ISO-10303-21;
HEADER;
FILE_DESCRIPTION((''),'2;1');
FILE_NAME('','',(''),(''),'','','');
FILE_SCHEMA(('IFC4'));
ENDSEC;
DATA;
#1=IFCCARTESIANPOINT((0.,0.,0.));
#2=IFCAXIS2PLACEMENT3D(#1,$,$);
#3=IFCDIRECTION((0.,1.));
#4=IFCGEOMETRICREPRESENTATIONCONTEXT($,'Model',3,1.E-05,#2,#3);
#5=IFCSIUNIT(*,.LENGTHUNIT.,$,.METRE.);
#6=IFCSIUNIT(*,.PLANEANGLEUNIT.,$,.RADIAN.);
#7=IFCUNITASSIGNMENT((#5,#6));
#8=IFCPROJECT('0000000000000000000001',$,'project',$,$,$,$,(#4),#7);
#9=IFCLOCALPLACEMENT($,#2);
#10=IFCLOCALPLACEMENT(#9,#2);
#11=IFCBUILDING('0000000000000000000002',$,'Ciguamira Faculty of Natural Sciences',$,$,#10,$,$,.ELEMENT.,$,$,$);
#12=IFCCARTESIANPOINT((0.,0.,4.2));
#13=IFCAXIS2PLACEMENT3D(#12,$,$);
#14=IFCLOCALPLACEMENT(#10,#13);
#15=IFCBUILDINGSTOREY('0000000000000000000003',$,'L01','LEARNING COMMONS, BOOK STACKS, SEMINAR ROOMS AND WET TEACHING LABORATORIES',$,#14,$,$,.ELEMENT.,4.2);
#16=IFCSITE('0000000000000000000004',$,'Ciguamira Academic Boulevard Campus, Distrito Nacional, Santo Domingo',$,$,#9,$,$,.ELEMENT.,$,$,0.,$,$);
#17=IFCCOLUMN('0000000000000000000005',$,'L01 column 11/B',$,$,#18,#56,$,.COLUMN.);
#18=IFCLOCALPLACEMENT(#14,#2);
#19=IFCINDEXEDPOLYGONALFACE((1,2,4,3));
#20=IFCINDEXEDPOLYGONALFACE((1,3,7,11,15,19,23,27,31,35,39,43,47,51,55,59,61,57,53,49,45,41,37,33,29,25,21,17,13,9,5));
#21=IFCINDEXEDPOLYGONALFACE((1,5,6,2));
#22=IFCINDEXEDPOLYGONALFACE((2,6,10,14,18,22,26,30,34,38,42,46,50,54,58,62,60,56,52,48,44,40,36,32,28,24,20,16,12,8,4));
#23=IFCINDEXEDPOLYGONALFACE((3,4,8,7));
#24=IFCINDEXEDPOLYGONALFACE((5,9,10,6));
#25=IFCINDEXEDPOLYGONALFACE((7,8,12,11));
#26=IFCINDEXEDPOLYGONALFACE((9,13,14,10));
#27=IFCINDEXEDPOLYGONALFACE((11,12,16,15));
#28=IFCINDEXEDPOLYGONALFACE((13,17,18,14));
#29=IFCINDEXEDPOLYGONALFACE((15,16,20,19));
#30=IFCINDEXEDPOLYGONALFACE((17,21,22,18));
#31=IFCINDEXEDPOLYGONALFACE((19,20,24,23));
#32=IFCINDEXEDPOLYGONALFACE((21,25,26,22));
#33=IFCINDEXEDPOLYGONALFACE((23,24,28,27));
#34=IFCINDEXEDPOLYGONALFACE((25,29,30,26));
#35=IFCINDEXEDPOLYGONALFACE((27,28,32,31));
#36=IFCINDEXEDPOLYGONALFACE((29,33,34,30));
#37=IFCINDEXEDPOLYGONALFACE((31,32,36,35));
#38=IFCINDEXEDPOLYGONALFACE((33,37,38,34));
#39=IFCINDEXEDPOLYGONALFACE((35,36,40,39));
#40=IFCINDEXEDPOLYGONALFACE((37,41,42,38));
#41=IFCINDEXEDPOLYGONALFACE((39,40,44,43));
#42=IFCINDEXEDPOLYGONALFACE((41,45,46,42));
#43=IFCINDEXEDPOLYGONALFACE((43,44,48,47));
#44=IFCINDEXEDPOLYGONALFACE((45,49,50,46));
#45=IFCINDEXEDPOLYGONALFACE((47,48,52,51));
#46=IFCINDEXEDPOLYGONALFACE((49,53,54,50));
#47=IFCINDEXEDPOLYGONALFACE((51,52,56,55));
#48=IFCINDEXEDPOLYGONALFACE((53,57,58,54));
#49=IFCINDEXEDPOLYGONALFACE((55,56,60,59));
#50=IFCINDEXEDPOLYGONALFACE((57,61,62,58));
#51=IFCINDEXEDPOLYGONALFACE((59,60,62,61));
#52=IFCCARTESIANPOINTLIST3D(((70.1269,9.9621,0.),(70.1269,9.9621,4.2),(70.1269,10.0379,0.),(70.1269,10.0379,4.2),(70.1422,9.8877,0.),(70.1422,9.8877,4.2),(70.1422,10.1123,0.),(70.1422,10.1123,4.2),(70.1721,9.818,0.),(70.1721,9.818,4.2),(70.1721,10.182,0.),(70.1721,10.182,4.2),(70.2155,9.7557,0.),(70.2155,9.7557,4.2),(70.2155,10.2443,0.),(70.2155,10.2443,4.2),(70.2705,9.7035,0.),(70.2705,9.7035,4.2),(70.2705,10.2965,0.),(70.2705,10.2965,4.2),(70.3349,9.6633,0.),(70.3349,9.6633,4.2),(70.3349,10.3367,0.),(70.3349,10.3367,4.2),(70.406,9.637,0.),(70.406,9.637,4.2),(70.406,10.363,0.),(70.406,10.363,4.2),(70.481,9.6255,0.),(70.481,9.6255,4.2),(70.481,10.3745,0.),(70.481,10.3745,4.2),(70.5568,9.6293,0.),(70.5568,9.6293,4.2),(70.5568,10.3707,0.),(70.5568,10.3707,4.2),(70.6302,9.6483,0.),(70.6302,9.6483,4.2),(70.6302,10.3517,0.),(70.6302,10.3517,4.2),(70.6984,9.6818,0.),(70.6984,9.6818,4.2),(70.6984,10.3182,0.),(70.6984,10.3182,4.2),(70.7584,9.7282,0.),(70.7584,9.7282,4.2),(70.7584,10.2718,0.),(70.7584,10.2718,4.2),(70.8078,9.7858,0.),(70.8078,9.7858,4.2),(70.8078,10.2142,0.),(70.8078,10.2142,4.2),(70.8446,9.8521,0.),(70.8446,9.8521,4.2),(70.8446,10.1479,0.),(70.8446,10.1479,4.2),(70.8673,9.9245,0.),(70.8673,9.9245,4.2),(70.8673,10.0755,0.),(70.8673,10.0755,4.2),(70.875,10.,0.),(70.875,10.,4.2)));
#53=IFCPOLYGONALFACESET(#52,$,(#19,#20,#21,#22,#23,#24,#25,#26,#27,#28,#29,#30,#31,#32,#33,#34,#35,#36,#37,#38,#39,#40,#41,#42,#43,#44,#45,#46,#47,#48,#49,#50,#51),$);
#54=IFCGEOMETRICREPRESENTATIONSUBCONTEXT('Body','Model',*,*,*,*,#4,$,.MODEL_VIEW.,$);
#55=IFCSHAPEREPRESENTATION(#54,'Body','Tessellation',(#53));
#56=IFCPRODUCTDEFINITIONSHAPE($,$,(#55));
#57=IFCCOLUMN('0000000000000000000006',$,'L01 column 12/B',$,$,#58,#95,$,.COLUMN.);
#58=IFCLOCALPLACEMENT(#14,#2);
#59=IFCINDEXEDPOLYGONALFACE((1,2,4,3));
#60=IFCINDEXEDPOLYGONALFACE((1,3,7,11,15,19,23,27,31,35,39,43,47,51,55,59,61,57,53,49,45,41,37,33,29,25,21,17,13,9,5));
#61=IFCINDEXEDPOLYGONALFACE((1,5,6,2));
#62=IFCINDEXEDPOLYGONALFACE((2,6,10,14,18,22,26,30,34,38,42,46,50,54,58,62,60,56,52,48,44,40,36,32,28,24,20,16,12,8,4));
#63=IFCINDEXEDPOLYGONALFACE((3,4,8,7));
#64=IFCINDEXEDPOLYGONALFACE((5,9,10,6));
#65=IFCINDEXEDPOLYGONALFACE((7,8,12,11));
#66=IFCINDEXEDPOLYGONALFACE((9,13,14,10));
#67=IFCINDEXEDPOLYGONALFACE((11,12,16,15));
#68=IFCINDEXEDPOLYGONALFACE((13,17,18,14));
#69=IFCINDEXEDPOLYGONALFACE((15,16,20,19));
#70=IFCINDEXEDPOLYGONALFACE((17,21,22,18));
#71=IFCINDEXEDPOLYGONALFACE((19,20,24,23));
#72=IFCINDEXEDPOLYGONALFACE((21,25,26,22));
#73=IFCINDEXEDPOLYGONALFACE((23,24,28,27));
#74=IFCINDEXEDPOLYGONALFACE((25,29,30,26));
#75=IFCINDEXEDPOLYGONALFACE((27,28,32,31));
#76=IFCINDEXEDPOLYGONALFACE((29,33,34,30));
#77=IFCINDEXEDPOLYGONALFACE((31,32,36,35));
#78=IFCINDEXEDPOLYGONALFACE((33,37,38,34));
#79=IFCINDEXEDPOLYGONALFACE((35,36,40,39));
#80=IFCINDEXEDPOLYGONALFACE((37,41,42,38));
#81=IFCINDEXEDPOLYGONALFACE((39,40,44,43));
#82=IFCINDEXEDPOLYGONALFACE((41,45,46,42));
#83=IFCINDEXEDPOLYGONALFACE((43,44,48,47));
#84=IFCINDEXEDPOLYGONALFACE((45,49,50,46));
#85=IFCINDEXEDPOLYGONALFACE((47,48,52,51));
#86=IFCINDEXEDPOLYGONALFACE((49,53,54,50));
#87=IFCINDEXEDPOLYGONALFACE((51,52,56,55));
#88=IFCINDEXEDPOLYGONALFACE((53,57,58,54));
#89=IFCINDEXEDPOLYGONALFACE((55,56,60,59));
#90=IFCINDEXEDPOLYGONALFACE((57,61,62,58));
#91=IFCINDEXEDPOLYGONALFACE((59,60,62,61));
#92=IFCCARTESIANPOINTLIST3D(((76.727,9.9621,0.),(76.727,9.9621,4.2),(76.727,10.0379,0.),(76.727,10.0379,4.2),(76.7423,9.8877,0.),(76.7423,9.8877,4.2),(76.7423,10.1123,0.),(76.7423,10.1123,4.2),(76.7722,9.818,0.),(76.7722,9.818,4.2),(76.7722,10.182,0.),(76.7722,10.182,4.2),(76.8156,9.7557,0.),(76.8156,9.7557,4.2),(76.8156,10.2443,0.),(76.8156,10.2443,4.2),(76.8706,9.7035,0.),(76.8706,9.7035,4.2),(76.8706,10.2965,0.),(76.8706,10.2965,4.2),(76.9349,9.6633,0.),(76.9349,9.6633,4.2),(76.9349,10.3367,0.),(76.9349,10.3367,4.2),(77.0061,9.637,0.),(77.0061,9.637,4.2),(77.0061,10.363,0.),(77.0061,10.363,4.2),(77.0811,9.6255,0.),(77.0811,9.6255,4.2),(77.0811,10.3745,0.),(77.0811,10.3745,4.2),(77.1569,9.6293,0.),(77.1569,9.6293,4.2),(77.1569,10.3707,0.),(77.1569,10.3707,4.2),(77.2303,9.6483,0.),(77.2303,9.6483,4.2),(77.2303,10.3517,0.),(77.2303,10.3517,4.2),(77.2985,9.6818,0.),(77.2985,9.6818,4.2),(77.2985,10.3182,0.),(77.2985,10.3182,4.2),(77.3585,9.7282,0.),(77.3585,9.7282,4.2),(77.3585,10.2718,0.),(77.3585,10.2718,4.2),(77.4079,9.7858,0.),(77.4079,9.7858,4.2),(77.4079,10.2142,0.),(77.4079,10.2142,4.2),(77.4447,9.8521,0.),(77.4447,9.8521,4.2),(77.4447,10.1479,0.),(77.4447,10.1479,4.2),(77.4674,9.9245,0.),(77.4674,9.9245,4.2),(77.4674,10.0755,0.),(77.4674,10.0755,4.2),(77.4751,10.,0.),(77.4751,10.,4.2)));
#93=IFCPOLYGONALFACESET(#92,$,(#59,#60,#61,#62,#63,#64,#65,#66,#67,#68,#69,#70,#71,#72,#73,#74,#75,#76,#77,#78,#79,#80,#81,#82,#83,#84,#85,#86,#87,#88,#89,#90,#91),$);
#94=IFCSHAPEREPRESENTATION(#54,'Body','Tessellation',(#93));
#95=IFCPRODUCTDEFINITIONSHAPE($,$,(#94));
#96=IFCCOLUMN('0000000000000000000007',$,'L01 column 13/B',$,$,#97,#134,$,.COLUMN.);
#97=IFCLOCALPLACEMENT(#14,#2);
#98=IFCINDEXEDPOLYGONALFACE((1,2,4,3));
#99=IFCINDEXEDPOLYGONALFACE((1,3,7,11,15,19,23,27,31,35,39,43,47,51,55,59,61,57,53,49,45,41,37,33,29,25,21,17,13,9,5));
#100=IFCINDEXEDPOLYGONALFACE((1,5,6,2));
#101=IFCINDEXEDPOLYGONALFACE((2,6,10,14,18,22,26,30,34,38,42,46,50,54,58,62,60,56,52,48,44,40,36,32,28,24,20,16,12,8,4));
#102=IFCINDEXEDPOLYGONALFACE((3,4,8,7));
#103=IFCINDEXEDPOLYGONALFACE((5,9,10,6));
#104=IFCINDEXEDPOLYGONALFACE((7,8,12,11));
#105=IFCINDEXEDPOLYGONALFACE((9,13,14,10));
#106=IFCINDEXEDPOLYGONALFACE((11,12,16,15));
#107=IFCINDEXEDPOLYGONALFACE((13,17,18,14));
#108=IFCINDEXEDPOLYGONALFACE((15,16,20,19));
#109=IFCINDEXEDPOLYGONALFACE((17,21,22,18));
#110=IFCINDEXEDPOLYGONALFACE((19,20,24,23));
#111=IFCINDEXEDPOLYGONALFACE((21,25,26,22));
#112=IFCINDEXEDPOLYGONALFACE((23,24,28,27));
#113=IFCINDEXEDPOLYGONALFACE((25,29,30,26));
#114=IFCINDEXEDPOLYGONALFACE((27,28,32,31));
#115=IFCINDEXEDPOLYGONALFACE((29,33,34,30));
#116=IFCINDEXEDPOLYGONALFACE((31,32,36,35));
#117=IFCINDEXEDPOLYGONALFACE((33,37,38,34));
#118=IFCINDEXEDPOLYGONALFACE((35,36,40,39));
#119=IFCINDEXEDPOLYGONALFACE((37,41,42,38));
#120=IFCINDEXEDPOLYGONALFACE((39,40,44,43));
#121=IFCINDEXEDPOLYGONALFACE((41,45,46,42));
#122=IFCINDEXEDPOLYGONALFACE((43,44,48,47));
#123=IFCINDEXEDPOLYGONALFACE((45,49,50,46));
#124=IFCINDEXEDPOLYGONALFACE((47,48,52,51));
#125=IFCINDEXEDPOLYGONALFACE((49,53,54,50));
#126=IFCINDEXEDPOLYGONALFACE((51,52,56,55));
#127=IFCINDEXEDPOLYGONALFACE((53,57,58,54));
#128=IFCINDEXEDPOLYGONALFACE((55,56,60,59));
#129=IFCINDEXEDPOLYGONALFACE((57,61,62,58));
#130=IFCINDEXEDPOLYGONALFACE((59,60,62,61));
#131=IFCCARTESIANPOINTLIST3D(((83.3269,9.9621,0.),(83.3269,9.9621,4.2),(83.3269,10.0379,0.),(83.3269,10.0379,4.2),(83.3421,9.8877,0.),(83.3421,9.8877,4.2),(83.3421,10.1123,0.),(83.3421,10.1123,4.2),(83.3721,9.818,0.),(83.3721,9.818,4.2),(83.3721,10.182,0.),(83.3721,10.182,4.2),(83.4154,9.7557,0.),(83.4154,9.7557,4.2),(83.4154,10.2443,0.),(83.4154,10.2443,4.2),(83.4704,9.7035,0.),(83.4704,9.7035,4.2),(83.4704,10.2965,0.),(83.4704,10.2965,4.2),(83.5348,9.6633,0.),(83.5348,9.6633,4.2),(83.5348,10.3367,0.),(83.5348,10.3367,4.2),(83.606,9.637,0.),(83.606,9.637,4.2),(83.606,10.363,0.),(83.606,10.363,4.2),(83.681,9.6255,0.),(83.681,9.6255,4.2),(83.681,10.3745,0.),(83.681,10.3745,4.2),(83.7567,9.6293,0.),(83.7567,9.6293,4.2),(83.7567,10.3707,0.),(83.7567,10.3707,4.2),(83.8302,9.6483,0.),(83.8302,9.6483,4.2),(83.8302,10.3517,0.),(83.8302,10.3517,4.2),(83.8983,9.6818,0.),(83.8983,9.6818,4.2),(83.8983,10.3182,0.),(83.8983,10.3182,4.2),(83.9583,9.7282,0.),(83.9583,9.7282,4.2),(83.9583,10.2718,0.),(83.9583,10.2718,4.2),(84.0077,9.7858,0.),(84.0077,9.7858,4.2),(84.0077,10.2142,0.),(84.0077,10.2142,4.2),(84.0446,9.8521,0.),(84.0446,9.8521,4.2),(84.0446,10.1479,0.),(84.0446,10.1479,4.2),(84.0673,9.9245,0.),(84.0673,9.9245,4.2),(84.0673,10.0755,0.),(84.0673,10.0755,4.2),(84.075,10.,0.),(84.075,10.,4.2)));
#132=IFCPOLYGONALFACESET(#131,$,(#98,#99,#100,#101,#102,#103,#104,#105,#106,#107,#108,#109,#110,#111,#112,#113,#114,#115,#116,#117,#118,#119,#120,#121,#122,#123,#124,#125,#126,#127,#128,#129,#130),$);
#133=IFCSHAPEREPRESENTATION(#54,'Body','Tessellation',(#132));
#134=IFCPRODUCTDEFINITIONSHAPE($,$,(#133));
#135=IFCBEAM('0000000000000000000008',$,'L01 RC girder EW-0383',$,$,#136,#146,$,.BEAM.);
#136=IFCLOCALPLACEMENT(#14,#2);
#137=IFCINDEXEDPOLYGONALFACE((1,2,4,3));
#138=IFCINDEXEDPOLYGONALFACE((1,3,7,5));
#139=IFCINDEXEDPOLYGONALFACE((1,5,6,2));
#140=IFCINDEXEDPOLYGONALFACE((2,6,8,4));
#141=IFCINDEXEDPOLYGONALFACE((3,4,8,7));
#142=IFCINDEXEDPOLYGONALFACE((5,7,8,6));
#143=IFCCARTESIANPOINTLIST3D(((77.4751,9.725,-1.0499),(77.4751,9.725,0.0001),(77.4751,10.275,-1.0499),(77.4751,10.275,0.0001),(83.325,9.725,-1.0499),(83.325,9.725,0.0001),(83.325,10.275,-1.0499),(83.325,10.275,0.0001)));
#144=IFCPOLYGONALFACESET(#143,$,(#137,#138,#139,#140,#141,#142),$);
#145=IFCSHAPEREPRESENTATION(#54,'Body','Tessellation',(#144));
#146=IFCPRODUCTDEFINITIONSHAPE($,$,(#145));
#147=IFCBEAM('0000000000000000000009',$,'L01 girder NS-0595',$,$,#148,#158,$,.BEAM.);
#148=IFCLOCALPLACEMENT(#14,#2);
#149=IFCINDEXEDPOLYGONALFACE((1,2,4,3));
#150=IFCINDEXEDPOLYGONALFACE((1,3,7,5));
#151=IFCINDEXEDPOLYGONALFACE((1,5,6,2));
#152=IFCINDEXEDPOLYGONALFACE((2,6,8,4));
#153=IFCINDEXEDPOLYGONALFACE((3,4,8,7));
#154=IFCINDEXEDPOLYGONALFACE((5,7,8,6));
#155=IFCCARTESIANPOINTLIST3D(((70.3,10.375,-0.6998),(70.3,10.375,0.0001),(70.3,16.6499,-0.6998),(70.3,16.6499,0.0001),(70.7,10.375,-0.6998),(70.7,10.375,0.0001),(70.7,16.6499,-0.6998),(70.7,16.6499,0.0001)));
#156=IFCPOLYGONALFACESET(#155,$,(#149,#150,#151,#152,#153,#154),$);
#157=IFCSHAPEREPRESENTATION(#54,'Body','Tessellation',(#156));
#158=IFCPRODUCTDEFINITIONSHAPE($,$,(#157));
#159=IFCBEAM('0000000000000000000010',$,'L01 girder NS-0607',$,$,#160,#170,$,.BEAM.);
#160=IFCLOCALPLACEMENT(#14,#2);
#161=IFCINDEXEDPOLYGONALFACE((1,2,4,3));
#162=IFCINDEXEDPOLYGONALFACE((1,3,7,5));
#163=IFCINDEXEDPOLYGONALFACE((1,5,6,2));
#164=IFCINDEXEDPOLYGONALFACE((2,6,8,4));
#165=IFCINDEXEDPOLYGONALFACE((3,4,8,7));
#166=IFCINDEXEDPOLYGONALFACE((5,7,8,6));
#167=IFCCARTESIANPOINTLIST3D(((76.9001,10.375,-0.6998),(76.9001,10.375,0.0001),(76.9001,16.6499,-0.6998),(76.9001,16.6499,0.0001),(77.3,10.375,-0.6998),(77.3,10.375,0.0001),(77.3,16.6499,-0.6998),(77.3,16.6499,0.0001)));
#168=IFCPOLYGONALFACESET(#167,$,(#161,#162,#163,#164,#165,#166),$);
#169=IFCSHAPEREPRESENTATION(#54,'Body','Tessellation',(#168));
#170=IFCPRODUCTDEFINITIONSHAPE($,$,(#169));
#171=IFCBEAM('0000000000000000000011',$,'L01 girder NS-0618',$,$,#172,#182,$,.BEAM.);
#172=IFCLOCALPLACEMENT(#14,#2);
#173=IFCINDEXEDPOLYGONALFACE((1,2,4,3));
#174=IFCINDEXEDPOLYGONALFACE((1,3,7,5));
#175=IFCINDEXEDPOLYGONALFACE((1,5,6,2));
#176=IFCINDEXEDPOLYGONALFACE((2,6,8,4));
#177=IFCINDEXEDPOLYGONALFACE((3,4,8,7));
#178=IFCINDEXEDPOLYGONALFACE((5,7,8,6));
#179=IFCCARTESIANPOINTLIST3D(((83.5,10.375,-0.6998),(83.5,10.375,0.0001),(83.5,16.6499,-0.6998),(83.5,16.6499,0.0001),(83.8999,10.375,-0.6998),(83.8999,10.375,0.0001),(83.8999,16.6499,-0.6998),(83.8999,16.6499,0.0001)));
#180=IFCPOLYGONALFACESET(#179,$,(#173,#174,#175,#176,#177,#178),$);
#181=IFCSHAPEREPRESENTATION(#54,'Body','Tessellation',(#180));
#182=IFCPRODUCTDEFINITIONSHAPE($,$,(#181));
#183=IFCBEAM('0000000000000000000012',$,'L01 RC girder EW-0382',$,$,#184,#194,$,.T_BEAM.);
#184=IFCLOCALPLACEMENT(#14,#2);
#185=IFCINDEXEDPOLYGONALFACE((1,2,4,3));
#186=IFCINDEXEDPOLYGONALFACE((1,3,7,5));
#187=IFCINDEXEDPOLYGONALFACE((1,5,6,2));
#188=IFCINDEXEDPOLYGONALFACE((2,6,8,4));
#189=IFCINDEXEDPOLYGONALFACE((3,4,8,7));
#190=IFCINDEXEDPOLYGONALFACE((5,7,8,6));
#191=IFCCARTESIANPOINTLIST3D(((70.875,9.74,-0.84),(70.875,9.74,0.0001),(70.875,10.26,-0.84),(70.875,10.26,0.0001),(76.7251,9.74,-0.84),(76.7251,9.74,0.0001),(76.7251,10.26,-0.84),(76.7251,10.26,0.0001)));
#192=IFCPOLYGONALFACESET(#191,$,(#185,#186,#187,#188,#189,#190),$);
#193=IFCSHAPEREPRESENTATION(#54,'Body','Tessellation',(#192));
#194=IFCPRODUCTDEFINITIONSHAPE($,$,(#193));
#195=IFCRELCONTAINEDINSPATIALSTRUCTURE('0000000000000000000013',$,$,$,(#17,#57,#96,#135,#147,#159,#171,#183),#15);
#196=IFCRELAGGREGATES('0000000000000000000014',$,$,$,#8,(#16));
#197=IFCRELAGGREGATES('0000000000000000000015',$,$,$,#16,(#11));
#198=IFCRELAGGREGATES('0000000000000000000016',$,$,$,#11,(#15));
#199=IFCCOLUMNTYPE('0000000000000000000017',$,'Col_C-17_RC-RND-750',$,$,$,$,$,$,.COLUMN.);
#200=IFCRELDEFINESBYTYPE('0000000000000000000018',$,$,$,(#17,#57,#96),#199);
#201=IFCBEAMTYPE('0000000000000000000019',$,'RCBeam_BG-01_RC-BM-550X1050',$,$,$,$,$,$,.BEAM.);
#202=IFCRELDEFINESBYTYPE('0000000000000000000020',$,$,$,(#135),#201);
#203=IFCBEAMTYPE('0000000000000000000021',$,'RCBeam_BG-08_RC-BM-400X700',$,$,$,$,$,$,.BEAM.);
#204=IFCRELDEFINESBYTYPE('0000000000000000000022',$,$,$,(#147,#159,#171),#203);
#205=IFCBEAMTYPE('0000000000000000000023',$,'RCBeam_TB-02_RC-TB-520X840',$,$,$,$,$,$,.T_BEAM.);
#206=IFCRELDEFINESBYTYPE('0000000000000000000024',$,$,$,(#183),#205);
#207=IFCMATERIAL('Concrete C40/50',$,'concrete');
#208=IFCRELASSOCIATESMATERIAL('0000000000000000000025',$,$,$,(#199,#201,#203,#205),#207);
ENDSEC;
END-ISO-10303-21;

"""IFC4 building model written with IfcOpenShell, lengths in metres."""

from ifc_helpers import new_model, si_unit, direction, frame, origin, origin_2d, place, context, subcontext, project, spatial, rectangle, circle, extrude, material, material_profile, profile_set, type_object, element, save


model = new_model("IFC4")

# Units and contexts
model_context = context("Model", 3, precision=1e-05, world=origin(), true_north=direction((0.0, 1.0)))
body_context = subcontext(model_context, "Body", "Model", "MODEL_VIEW")
ifc_project = project(units=[si_unit("LENGTHUNIT", "METRE"), si_unit("PLANEANGLEUNIT", "RADIAN")], contexts=[model_context])

# Site, building, storey
site_placement = place(None, origin())
site = spatial("IfcSite", under=ifc_project, at=site_placement, Name="Ciguamira Academic Boulevard Campus, Distrito Nacional, Santo Domingo", CompositionType="ELEMENT", RefElevation=0.0)
building_placement = place(site_placement, origin())
building = spatial("IfcBuilding", under=site, at=building_placement, Name="Ciguamira Faculty of Natural Sciences", CompositionType="ELEMENT")
storey_placement = place(building_placement, frame((0.0, 0.0, 4.2)))
storey = spatial("IfcBuildingStorey", under=building, at=storey_placement, Name="L01", Description="LEARNING COMMONS, BOOK STACKS, SEMINAR ROOMS AND WET TEACHING LABORATORIES", CompositionType="ELEMENT", Elevation=4.2)

# Columns
ifc_material_1 = material(Name="Concrete C40/50", Category="concrete")
ifc_material_profile_1 = material_profile(ifc_material_1, circle(Radius=0.375, at=origin_2d()), Name="RC-RND-750")
ifc_profile_set_1 = profile_set([ifc_material_profile_1], Name="Concrete C40/50")
column_type = type_object("IfcColumnType", Name="Col_C-17_RC-RND-750", PredefinedType="COLUMN", material=ifc_profile_set_1)
for number, where, z_axis, x_axis, name in (
    (1, (70.5, 10.0, 0.0), (0.0, 0.0, 1.0), (1.0, 0.0, 0.0), "L01 column 11/B"),
    (2, (77.1001, 10.0, 0.0), (0.0, 0.0, 1.0), (1.0, 0.0, 0.0), "L01 column 12/B"),
    (3, (83.7, 10.0, 0.0), (0.0, 0.0, 1.0), (1.0, 0.0, 0.0), "L01 column 13/B"),
):
    element("IfcColumn", number, at=place(storey_placement, frame(where, z_axis=z_axis, x_axis=x_axis)), inside=storey, type_object=column_type, Name=name, PredefinedType="COLUMN", context=body_context, shape_type="SweptSolid", body=[
        extrude(circle(Radius=0.375, at=origin_2d()), origin(), (0.0, 0.0, 1.0), 4.2),
    ])

# Beams
ifc_material_profile_2 = material_profile(ifc_material_1, rectangle(XDim=0.55, YDim=1.05, at=origin_2d()), Name="RC-BM-550X1050")
ifc_profile_set_2 = profile_set([ifc_material_profile_2], Name="Concrete C40/50")
beam_type_1 = type_object("IfcBeamType", Name="RCBeam_BG-01_RC-BM-550X1050", PredefinedType="BEAM", material=ifc_profile_set_2)
beam_1_placement = place(storey_placement, frame((77.4751, 10.0, -0.5249), z_axis=(1.0, 0.0, 0.0), x_axis=(0.0, 1.0, 0.0)))
element("IfcBeam", 4, at=beam_1_placement, inside=storey, type_object=beam_type_1, Name="L01 RC girder EW-0383", PredefinedType="BEAM", context=body_context, shape_type="SweptSolid", body=[
    extrude(rectangle(XDim=0.55, YDim=1.05, at=origin_2d()), origin(), (0.0, 0.0, 1.0), 5.8499),
])
ifc_material_profile_3 = material_profile(ifc_material_1, rectangle(XDim=0.3999, YDim=0.7, at=origin_2d()), Name="RC-BM-400X700")
ifc_profile_set_3 = profile_set([ifc_material_profile_3], Name="Concrete C40/50")
beam_type_2 = type_object("IfcBeamType", Name="RCBeam_BG-08_RC-BM-400X700", PredefinedType="BEAM", material=ifc_profile_set_3)
for number, where, z_axis, x_axis, name in (
    (5, (70.5, 10.375, -0.3499), (0.0, 1.0, 0.0), (-1.0, 0.0, 0.0), "L01 girder NS-0595"),
    (6, (77.1001, 10.375, -0.3499), (0.0, 1.0, 0.0), (-1.0, 0.0, 0.0), "L01 girder NS-0607"),
    (7, (83.7, 10.375, -0.3499), (0.0, 1.0, 0.0), (-1.0, 0.0, 0.0), "L01 girder NS-0618"),
):
    element("IfcBeam", number, at=place(storey_placement, frame(where, z_axis=z_axis, x_axis=x_axis)), inside=storey, type_object=beam_type_2, Name=name, PredefinedType="BEAM", context=body_context, shape_type="SweptSolid", body=[
        extrude(rectangle(XDim=0.3999, YDim=0.7, at=origin_2d()), origin(), (0.0, 0.0, 1.0), 6.2749),
    ])
ifc_material_profile_4 = material_profile(ifc_material_1, rectangle(XDim=0.52, YDim=0.8401, at=origin_2d()), Name="RC-TB-520X840")
ifc_profile_set_4 = profile_set([ifc_material_profile_4], Name="Concrete C40/50")
beam_type_3 = type_object("IfcBeamType", Name="RCBeam_TB-02_RC-TB-520X840", PredefinedType="T_BEAM", material=ifc_profile_set_4)
beam_2_placement = place(storey_placement, frame((70.875, 10.0, -0.4199), z_axis=(1.0, 0.0, 0.0), x_axis=(0.0, 1.0, 0.0)))
element("IfcBeam", 8, at=beam_2_placement, inside=storey, type_object=beam_type_3, Name="L01 RC girder EW-0382", PredefinedType="T_BEAM", context=body_context, shape_type="SweptSolid", body=[
    extrude(rectangle(XDim=0.52, YDim=0.8401, at=origin_2d()), origin(), (0.0, 0.0, 1.0), 5.8501),
])

save(model, "model.ifc")
